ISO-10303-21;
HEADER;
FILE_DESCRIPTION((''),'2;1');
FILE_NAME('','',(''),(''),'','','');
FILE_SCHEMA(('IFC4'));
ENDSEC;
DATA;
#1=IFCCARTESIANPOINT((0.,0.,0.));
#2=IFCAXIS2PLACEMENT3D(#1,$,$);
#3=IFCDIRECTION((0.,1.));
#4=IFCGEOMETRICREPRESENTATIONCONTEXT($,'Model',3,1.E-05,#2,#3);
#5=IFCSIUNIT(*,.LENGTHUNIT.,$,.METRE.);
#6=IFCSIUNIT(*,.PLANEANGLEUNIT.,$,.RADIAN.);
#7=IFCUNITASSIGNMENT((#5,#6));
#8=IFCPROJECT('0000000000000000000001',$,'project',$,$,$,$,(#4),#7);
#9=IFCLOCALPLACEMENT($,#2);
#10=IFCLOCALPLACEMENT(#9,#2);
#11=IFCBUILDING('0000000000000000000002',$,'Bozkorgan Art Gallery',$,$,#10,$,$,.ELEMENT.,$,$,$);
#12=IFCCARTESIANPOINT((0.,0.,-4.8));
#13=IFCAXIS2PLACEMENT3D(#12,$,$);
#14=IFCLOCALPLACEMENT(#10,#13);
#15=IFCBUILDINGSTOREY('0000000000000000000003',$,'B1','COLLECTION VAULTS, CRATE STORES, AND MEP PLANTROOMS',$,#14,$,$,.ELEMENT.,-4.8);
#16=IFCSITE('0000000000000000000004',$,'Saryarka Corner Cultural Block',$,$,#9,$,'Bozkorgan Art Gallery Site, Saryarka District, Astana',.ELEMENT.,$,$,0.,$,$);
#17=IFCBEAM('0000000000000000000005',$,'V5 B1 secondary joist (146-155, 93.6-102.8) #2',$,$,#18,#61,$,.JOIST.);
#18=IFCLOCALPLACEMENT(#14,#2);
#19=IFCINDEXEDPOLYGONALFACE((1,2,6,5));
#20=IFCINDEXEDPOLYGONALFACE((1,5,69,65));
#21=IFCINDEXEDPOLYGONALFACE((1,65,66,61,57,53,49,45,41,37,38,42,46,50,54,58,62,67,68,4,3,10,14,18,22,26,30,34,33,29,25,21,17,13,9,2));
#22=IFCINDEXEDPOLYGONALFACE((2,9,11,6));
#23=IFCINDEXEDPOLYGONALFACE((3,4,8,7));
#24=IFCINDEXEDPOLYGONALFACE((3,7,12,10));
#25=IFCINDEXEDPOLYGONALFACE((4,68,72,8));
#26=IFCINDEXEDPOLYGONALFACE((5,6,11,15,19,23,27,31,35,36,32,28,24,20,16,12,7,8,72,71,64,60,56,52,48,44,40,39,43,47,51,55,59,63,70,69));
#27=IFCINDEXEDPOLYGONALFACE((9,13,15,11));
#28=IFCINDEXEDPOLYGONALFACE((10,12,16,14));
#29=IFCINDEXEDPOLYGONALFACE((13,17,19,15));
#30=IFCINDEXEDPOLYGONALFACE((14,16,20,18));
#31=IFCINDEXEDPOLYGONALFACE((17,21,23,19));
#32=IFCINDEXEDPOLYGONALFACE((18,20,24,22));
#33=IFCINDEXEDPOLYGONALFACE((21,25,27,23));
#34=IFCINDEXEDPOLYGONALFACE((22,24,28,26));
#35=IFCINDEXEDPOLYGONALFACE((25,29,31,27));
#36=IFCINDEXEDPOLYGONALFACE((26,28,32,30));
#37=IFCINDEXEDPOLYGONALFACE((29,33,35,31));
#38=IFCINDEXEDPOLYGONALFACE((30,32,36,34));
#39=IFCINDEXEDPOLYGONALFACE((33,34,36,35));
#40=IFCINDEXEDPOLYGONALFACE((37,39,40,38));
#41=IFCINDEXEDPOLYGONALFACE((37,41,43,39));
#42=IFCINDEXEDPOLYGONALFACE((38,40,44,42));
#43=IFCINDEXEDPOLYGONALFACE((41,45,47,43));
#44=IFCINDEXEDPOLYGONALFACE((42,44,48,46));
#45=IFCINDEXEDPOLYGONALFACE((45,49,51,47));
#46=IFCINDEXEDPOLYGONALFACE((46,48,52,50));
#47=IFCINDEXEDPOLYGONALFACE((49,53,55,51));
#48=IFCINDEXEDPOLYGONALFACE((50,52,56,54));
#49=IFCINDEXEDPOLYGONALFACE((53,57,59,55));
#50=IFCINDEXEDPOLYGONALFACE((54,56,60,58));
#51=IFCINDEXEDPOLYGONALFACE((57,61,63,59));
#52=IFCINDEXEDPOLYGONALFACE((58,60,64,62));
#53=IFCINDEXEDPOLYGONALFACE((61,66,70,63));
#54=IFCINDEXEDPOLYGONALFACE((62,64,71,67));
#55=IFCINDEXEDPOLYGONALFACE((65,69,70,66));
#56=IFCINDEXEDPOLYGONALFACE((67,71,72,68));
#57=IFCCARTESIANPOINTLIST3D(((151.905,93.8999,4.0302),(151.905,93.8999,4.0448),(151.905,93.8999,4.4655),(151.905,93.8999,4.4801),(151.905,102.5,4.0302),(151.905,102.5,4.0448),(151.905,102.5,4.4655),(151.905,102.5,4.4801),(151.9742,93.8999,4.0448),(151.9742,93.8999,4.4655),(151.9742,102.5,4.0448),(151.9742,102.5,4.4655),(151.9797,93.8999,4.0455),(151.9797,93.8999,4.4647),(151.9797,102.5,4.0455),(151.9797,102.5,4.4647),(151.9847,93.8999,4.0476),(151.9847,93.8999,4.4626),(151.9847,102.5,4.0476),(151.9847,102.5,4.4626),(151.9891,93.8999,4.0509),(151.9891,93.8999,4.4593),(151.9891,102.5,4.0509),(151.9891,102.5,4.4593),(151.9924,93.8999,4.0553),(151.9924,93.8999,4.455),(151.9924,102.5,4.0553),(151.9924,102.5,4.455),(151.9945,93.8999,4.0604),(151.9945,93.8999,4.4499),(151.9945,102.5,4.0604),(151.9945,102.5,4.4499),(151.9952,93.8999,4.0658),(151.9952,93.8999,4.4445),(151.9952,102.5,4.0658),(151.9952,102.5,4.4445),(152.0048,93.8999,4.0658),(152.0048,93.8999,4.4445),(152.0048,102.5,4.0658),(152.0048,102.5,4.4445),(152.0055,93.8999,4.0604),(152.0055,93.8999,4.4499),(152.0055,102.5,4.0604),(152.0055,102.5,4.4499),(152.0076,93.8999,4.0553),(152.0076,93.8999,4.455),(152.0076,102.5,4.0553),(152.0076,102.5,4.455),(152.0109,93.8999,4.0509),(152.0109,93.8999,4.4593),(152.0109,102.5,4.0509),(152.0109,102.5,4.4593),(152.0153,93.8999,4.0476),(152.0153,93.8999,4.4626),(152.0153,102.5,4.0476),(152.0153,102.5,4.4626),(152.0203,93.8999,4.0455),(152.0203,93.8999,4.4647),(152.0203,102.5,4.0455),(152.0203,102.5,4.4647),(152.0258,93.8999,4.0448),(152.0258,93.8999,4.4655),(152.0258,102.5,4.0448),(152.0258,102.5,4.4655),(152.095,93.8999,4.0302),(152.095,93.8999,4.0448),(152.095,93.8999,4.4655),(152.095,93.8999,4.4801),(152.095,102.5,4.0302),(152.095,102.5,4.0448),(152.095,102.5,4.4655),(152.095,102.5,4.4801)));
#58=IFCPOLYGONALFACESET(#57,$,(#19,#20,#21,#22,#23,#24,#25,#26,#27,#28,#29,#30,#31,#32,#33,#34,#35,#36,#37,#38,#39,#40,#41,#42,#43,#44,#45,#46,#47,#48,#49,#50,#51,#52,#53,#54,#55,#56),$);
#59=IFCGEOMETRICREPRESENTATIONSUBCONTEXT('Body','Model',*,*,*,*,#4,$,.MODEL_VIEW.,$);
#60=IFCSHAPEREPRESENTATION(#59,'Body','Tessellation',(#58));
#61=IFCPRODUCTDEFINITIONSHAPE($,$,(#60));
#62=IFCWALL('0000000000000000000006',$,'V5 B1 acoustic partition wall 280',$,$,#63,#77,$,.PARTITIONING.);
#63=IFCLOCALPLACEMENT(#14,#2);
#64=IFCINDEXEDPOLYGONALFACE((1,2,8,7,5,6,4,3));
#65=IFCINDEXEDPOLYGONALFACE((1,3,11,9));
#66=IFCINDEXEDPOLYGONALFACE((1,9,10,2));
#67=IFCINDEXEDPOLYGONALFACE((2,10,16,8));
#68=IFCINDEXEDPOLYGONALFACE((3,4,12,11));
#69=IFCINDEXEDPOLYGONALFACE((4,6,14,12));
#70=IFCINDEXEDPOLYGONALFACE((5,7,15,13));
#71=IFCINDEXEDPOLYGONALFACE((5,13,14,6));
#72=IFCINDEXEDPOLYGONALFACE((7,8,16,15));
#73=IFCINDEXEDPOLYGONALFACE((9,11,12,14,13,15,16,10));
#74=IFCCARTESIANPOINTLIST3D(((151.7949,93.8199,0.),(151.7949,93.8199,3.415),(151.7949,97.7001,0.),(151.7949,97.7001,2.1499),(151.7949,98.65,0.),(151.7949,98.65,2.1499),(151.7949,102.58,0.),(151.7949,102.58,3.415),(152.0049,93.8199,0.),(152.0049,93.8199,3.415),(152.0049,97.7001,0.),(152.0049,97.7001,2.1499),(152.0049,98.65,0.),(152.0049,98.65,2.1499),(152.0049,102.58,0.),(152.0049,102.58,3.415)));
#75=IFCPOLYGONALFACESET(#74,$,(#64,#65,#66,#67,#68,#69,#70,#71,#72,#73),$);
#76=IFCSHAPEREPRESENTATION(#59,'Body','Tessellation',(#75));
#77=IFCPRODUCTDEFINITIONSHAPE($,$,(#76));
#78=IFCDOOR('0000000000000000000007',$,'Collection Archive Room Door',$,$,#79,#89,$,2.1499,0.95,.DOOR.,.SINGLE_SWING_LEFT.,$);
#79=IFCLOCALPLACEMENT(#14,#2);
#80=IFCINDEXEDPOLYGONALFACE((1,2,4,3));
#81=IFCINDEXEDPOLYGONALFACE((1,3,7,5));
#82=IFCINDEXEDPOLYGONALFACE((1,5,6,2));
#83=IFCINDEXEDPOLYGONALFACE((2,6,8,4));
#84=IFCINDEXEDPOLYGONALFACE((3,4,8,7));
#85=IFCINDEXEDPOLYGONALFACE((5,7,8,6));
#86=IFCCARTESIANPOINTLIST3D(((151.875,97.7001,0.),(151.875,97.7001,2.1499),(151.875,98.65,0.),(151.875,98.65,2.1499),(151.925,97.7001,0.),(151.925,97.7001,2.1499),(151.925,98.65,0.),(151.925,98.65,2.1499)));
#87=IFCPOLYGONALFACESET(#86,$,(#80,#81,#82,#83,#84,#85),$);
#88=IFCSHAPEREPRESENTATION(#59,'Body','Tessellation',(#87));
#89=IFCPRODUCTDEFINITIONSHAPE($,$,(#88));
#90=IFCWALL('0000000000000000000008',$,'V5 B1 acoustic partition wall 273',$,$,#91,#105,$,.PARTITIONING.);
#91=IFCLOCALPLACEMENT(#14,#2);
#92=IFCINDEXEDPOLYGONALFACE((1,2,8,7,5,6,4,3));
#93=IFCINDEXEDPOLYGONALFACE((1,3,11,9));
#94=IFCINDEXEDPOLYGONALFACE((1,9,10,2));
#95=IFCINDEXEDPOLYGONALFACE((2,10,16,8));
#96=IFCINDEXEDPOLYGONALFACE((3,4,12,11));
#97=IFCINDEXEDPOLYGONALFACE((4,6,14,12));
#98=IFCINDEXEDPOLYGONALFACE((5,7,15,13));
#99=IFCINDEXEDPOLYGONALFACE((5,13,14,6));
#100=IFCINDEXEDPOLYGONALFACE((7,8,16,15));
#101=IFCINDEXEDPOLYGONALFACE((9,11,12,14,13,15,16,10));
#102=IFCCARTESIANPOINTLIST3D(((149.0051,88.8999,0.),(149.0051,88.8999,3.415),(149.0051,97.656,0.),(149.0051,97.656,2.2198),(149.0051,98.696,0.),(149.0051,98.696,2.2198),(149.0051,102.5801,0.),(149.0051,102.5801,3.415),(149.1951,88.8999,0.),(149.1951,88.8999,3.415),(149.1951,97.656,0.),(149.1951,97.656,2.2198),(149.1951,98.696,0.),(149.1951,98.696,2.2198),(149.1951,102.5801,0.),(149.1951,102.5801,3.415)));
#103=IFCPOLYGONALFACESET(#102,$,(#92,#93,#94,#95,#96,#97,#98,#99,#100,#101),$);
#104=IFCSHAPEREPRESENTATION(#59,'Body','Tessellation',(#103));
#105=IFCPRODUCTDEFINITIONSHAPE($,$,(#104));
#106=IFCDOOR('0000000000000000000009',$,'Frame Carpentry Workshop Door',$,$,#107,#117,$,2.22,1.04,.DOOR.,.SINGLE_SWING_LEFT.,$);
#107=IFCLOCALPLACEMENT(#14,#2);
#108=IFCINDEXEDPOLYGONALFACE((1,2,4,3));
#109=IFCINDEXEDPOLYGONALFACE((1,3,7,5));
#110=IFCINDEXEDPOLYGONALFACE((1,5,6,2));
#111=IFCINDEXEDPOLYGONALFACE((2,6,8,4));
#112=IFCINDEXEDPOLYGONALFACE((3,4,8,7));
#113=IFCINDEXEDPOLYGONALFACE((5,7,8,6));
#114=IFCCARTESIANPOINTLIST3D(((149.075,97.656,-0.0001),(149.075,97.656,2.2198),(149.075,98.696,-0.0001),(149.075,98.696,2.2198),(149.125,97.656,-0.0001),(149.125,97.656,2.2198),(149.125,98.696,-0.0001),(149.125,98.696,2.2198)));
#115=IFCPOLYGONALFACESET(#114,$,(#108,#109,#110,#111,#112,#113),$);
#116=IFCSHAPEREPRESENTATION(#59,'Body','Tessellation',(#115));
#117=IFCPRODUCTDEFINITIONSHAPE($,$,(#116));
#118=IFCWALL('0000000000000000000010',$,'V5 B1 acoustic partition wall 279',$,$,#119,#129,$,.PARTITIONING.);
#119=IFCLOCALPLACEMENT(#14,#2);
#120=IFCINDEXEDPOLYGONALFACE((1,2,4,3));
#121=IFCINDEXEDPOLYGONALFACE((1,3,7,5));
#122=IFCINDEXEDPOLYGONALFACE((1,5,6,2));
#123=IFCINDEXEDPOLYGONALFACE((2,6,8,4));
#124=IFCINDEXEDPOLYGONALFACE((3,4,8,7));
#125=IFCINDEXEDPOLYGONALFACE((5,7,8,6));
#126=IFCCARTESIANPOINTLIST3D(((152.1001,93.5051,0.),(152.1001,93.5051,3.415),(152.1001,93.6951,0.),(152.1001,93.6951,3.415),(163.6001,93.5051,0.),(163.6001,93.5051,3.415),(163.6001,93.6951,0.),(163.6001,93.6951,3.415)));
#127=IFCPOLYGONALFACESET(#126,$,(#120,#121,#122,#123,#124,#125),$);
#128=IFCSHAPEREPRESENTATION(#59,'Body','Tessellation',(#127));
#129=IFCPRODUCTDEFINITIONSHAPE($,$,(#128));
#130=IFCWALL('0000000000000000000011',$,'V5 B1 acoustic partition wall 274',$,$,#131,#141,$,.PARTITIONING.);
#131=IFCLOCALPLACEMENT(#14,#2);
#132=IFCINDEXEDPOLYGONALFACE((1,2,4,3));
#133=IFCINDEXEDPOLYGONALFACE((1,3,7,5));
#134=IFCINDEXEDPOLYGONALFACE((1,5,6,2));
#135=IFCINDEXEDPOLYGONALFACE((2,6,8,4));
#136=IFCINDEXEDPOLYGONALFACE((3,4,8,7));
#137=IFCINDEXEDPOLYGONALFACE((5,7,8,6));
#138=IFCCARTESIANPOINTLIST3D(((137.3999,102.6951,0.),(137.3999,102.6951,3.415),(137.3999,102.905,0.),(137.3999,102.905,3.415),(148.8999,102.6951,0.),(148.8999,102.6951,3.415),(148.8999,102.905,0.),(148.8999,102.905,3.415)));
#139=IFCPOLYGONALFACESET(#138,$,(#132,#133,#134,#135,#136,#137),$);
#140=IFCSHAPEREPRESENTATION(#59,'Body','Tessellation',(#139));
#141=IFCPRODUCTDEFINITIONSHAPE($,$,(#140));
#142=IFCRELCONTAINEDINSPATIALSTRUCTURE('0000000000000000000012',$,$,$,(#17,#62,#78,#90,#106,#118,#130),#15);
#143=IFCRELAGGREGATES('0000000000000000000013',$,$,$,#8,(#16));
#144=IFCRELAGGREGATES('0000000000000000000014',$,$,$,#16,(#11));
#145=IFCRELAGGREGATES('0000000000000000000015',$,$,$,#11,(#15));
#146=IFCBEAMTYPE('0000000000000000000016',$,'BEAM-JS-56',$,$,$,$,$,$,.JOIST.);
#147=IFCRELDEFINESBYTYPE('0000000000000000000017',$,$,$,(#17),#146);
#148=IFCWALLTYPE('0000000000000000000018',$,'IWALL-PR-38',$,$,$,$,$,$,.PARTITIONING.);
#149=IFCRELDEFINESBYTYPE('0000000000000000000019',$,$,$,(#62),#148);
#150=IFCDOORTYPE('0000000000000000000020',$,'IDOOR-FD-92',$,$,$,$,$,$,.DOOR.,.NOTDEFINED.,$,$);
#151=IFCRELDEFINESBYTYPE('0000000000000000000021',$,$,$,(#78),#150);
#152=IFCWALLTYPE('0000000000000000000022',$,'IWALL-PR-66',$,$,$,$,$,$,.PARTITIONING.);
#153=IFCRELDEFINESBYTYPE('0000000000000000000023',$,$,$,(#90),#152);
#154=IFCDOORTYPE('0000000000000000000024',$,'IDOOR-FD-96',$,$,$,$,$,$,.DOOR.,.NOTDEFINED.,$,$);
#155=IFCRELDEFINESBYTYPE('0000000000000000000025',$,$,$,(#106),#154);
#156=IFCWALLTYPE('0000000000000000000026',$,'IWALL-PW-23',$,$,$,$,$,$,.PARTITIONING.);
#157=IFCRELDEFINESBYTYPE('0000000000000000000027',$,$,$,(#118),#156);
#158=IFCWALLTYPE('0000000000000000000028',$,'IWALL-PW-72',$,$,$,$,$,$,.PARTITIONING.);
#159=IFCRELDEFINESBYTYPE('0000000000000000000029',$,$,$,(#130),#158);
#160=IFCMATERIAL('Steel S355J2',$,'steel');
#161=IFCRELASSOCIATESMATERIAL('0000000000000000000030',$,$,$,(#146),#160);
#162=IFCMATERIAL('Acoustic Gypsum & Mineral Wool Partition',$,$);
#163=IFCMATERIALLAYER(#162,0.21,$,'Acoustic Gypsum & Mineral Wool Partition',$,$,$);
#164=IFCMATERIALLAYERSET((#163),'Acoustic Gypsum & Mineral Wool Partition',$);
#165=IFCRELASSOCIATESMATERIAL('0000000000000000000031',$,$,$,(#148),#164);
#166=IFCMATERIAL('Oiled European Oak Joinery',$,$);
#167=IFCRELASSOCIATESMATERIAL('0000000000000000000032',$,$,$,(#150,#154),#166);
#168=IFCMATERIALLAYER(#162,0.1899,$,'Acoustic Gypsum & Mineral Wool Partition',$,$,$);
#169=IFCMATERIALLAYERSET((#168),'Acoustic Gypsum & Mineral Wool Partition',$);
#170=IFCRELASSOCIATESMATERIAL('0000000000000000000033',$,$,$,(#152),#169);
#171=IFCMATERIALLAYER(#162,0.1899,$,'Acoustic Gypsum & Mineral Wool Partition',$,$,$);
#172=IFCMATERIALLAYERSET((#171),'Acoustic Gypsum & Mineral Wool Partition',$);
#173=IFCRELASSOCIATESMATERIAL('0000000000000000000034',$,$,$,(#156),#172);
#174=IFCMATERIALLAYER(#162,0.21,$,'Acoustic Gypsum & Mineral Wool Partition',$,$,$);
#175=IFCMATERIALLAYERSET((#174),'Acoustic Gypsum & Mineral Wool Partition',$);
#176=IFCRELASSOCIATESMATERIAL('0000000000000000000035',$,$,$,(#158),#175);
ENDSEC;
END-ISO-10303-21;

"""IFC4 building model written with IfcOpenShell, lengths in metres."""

from ifc_helpers import new_model, si_unit, direction, frame, frame_2d, origin, origin_2d, place, context, subcontext, project, spatial, rectangle, i_section, extrude, material, layer, layer_set, material_profile, profile_set, type_object, element, fill, save


model = new_model("IFC4")

# Units and contexts
model_context = context("Model", 3, precision=1e-05, world=origin(), true_north=direction((0.0, 1.0)))
body_context = subcontext(model_context, "Body", "Model", "MODEL_VIEW")
ifc_project = project(units=[si_unit("LENGTHUNIT", "METRE"), si_unit("PLANEANGLEUNIT", "RADIAN")], contexts=[model_context])

# Site, building, storey
site_placement = place(None, origin())
site = spatial("IfcSite", under=ifc_project, at=site_placement, Name="Saryarka Corner Cultural Block", LongName="Bozkorgan Art Gallery Site, Saryarka District, Astana", CompositionType="ELEMENT", RefElevation=0.0)
building_placement = place(site_placement, origin())
building = spatial("IfcBuilding", under=site, at=building_placement, Name="Bozkorgan Art Gallery", CompositionType="ELEMENT")
storey_placement = place(building_placement, frame((0.0, 0.0, -4.8)))
storey = spatial("IfcBuildingStorey", under=building, at=storey_placement, Name="B1", Description="COLLECTION VAULTS, CRATE STORES, AND MEP PLANTROOMS", CompositionType="ELEMENT", Elevation=-4.8)

# Beam
ifc_material_1 = material(Name="Steel S355J2", Category="steel")
ifc_material_profile_1 = material_profile(ifc_material_1, i_section(OverallWidth=0.1899, OverallDepth=0.45, WebThickness=0.0095, FlangeThickness=0.0146, FilletRadius=0.021, at=origin_2d()), Name="IPE 450")
ifc_profile_set_1 = profile_set([ifc_material_profile_1], Name="Steel S355J2")
beam_type_1 = type_object("IfcBeamType", Name="BEAM-JS-56", PredefinedType="JOIST", material=ifc_profile_set_1)
for number, where, z_axis, x_axis, name in (
    (1, (152.0, 93.8999, 4.2551), (0.0, 1.0, 0.0), (-1.0, 0.0, 0.0), "V5 B1 secondary joist (146-155, 93.6-102.8) #2"),
):
    element("IfcBeam", number, at=place(storey_placement, frame(where, z_axis=z_axis, x_axis=x_axis)), inside=storey, type_object=beam_type_1, Name=name, PredefinedType="JOIST", context=body_context, shape_type="SweptSolid", body=[
        extrude(i_section(OverallWidth=0.1899, OverallDepth=0.45, WebThickness=0.0095, FlangeThickness=0.0146, FilletRadius=0.021, at=origin_2d()), origin(), (0.0, 0.0, 1.0), 8.6001),
    ])

# Walls, openings, doors
ifc_material_2 = material(Name="Acoustic Gypsum & Mineral Wool Partition")
ifc_layer_1 = layer(ifc_material_2, 0.21, Name="Acoustic Gypsum & Mineral Wool Partition")
ifc_layer_set_1 = layer_set([ifc_layer_1], Name="Acoustic Gypsum & Mineral Wool Partition")
wall_type_1 = type_object("IfcWallType", Name="IWALL-PR-38", PredefinedType="PARTITIONING", material=ifc_layer_set_1)
wall_1_placement = place(storey_placement, frame((151.8999, 93.8201, 0.0), z_axis=(0.0, 0.0, 1.0), x_axis=(0.0, 1.0, 0.0)))
wall_1 = element("IfcWall", 2, at=wall_1_placement, inside=storey, type_object=wall_type_1, Name="V5 B1 acoustic partition wall 280", PredefinedType="PARTITIONING", context=body_context, shape_type="SweptSolid", body=[
    extrude(rectangle(XDim=8.76, YDim=0.21, at=frame_2d((4.3799, 0.0))), origin(), (0.0, 0.0, 1.0), 3.415),
])
opening_1_placement = place(wall_1_placement, frame((3.8799, 0.0, 0.0)))
opening_1 = element("IfcOpeningElement", 3, at=opening_1_placement, cuts=wall_1, PredefinedType="OPENING", context=body_context, shape_type="SweptSolid", body=[
    extrude(rectangle(XDim=0.95, YDim=2.1499, at=frame_2d((0.4751, 1.075))), frame((0.0, 0.115, 0.0), z_axis=(0.0, -1.0, 0.0), x_axis=(1.0, 0.0, 0.0)), (0.0, 0.0, 1.0), 0.23),
])
ifc_material_3 = material(Name="Oiled European Oak Joinery")
door_type_1 = type_object("IfcDoorType", Name="IDOOR-FD-92", OperationType="NOTDEFINED", PredefinedType="DOOR", material=ifc_material_3)
door_1_placement = place(opening_1_placement, origin())
door_1 = element("IfcDoor", 4, at=door_1_placement, inside=storey, type_object=door_type_1, Name="Collection Archive Room Door", OperationType="SINGLE_SWING_LEFT", OverallHeight=2.1499, OverallWidth=0.95, PredefinedType="DOOR", context=body_context, shape_type="SweptSolid", body=[
    extrude(rectangle(XDim=0.95, YDim=2.1499, at=frame_2d((0.4751, 1.075))), frame((0.0, 0.0249, 0.0), z_axis=(0.0, -1.0, 0.0), x_axis=(1.0, 0.0, 0.0)), (0.0, 0.0, 1.0), 0.05),
])
fill(opening_1, door_1)
ifc_layer_2 = layer(ifc_material_2, 0.1899, Name="Acoustic Gypsum & Mineral Wool Partition")
ifc_layer_set_2 = layer_set([ifc_layer_2], Name="Acoustic Gypsum & Mineral Wool Partition")
wall_type_2 = type_object("IfcWallType", Name="IWALL-PR-66", PredefinedType="PARTITIONING", material=ifc_layer_set_2)
wall_2_placement = place(storey_placement, frame((149.1001, 88.8999, 0.0), z_axis=(0.0, 0.0, 1.0), x_axis=(0.0, 1.0, 0.0)))
wall_2 = element("IfcWall", 5, at=wall_2_placement, inside=storey, type_object=wall_type_2, Name="V5 B1 acoustic partition wall 273", PredefinedType="PARTITIONING", context=body_context, shape_type="SweptSolid", body=[
    extrude(rectangle(XDim=13.6802, YDim=0.1899, at=frame_2d((6.8401, 0.0))), origin(), (0.0, 0.0, 1.0), 3.415),
])
opening_2_placement = place(wall_2_placement, frame((9.7961, 0.0, 0.0), z_axis=(0.0, 0.0, 1.0), x_axis=(-1.0, 0.0, 0.0)))
opening_2 = element("IfcOpeningElement", 6, at=opening_2_placement, cuts=wall_2, PredefinedType="OPENING", context=body_context, shape_type="SweptSolid", body=[
    extrude(rectangle(XDim=1.04, YDim=2.22, at=frame_2d((0.52, 1.1099))), frame((0.0, 0.105, 0.0), z_axis=(0.0, -1.0, 0.0), x_axis=(1.0, 0.0, 0.0)), (0.0, 0.0, 1.0), 0.21),
])
door_type_2 = type_object("IfcDoorType", Name="IDOOR-FD-96", OperationType="NOTDEFINED", PredefinedType="DOOR", material=ifc_material_3)
door_2_placement = place(opening_2_placement, origin())
door_2 = element("IfcDoor", 7, at=door_2_placement, inside=storey, type_object=door_type_2, Name="Frame Carpentry Workshop Door", OperationType="SINGLE_SWING_LEFT", OverallHeight=2.22, OverallWidth=1.04, PredefinedType="DOOR", context=body_context, shape_type="SweptSolid", body=[
    extrude(rectangle(XDim=1.04, YDim=2.22, at=frame_2d((0.52, 1.1099))), frame((0.0, 0.0249, 0.0), z_axis=(0.0, -1.0, 0.0), x_axis=(1.0, 0.0, 0.0)), (0.0, 0.0, 1.0), 0.05),
])
fill(opening_2, door_2)

# Walls
ifc_layer_3 = layer(ifc_material_2, 0.1899, Name="Acoustic Gypsum & Mineral Wool Partition")
ifc_layer_set_3 = layer_set([ifc_layer_3], Name="Acoustic Gypsum & Mineral Wool Partition")
wall_type_3 = type_object("IfcWallType", Name="IWALL-PW-23", PredefinedType="PARTITIONING", material=ifc_layer_set_3)
wall_3_placement = place(storey_placement, frame((152.1001, 93.6001, 0.0), z_axis=(0.0, 0.0, 1.0), x_axis=(1.0, 0.0, 0.0)))
element("IfcWall", 8, at=wall_3_placement, inside=storey, type_object=wall_type_3, Name="V5 B1 acoustic partition wall 279", PredefinedType="PARTITIONING", context=body_context, shape_type="SweptSolid", body=[
    extrude(rectangle(XDim=11.5, YDim=0.1899, at=frame_2d((5.75, 0.0))), origin(), (0.0, 0.0, 1.0), 3.415),
])
ifc_layer_4 = layer(ifc_material_2, 0.21, Name="Acoustic Gypsum & Mineral Wool Partition")
ifc_layer_set_4 = layer_set([ifc_layer_4], Name="Acoustic Gypsum & Mineral Wool Partition")
wall_type_4 = type_object("IfcWallType", Name="IWALL-PW-72", PredefinedType="PARTITIONING", material=ifc_layer_set_4)
wall_4_placement = place(storey_placement, frame((137.3999, 102.8, 0.0), z_axis=(0.0, 0.0, 1.0), x_axis=(1.0, 0.0, 0.0)))
element("IfcWall", 9, at=wall_4_placement, inside=storey, type_object=wall_type_4, Name="V5 B1 acoustic partition wall 274", PredefinedType="PARTITIONING", context=body_context, shape_type="SweptSolid", body=[
    extrude(rectangle(XDim=11.5, YDim=0.21, at=frame_2d((5.75, 0.0))), origin(), (0.0, 0.0, 1.0), 3.415),
])

save(model, "model.ifc")
